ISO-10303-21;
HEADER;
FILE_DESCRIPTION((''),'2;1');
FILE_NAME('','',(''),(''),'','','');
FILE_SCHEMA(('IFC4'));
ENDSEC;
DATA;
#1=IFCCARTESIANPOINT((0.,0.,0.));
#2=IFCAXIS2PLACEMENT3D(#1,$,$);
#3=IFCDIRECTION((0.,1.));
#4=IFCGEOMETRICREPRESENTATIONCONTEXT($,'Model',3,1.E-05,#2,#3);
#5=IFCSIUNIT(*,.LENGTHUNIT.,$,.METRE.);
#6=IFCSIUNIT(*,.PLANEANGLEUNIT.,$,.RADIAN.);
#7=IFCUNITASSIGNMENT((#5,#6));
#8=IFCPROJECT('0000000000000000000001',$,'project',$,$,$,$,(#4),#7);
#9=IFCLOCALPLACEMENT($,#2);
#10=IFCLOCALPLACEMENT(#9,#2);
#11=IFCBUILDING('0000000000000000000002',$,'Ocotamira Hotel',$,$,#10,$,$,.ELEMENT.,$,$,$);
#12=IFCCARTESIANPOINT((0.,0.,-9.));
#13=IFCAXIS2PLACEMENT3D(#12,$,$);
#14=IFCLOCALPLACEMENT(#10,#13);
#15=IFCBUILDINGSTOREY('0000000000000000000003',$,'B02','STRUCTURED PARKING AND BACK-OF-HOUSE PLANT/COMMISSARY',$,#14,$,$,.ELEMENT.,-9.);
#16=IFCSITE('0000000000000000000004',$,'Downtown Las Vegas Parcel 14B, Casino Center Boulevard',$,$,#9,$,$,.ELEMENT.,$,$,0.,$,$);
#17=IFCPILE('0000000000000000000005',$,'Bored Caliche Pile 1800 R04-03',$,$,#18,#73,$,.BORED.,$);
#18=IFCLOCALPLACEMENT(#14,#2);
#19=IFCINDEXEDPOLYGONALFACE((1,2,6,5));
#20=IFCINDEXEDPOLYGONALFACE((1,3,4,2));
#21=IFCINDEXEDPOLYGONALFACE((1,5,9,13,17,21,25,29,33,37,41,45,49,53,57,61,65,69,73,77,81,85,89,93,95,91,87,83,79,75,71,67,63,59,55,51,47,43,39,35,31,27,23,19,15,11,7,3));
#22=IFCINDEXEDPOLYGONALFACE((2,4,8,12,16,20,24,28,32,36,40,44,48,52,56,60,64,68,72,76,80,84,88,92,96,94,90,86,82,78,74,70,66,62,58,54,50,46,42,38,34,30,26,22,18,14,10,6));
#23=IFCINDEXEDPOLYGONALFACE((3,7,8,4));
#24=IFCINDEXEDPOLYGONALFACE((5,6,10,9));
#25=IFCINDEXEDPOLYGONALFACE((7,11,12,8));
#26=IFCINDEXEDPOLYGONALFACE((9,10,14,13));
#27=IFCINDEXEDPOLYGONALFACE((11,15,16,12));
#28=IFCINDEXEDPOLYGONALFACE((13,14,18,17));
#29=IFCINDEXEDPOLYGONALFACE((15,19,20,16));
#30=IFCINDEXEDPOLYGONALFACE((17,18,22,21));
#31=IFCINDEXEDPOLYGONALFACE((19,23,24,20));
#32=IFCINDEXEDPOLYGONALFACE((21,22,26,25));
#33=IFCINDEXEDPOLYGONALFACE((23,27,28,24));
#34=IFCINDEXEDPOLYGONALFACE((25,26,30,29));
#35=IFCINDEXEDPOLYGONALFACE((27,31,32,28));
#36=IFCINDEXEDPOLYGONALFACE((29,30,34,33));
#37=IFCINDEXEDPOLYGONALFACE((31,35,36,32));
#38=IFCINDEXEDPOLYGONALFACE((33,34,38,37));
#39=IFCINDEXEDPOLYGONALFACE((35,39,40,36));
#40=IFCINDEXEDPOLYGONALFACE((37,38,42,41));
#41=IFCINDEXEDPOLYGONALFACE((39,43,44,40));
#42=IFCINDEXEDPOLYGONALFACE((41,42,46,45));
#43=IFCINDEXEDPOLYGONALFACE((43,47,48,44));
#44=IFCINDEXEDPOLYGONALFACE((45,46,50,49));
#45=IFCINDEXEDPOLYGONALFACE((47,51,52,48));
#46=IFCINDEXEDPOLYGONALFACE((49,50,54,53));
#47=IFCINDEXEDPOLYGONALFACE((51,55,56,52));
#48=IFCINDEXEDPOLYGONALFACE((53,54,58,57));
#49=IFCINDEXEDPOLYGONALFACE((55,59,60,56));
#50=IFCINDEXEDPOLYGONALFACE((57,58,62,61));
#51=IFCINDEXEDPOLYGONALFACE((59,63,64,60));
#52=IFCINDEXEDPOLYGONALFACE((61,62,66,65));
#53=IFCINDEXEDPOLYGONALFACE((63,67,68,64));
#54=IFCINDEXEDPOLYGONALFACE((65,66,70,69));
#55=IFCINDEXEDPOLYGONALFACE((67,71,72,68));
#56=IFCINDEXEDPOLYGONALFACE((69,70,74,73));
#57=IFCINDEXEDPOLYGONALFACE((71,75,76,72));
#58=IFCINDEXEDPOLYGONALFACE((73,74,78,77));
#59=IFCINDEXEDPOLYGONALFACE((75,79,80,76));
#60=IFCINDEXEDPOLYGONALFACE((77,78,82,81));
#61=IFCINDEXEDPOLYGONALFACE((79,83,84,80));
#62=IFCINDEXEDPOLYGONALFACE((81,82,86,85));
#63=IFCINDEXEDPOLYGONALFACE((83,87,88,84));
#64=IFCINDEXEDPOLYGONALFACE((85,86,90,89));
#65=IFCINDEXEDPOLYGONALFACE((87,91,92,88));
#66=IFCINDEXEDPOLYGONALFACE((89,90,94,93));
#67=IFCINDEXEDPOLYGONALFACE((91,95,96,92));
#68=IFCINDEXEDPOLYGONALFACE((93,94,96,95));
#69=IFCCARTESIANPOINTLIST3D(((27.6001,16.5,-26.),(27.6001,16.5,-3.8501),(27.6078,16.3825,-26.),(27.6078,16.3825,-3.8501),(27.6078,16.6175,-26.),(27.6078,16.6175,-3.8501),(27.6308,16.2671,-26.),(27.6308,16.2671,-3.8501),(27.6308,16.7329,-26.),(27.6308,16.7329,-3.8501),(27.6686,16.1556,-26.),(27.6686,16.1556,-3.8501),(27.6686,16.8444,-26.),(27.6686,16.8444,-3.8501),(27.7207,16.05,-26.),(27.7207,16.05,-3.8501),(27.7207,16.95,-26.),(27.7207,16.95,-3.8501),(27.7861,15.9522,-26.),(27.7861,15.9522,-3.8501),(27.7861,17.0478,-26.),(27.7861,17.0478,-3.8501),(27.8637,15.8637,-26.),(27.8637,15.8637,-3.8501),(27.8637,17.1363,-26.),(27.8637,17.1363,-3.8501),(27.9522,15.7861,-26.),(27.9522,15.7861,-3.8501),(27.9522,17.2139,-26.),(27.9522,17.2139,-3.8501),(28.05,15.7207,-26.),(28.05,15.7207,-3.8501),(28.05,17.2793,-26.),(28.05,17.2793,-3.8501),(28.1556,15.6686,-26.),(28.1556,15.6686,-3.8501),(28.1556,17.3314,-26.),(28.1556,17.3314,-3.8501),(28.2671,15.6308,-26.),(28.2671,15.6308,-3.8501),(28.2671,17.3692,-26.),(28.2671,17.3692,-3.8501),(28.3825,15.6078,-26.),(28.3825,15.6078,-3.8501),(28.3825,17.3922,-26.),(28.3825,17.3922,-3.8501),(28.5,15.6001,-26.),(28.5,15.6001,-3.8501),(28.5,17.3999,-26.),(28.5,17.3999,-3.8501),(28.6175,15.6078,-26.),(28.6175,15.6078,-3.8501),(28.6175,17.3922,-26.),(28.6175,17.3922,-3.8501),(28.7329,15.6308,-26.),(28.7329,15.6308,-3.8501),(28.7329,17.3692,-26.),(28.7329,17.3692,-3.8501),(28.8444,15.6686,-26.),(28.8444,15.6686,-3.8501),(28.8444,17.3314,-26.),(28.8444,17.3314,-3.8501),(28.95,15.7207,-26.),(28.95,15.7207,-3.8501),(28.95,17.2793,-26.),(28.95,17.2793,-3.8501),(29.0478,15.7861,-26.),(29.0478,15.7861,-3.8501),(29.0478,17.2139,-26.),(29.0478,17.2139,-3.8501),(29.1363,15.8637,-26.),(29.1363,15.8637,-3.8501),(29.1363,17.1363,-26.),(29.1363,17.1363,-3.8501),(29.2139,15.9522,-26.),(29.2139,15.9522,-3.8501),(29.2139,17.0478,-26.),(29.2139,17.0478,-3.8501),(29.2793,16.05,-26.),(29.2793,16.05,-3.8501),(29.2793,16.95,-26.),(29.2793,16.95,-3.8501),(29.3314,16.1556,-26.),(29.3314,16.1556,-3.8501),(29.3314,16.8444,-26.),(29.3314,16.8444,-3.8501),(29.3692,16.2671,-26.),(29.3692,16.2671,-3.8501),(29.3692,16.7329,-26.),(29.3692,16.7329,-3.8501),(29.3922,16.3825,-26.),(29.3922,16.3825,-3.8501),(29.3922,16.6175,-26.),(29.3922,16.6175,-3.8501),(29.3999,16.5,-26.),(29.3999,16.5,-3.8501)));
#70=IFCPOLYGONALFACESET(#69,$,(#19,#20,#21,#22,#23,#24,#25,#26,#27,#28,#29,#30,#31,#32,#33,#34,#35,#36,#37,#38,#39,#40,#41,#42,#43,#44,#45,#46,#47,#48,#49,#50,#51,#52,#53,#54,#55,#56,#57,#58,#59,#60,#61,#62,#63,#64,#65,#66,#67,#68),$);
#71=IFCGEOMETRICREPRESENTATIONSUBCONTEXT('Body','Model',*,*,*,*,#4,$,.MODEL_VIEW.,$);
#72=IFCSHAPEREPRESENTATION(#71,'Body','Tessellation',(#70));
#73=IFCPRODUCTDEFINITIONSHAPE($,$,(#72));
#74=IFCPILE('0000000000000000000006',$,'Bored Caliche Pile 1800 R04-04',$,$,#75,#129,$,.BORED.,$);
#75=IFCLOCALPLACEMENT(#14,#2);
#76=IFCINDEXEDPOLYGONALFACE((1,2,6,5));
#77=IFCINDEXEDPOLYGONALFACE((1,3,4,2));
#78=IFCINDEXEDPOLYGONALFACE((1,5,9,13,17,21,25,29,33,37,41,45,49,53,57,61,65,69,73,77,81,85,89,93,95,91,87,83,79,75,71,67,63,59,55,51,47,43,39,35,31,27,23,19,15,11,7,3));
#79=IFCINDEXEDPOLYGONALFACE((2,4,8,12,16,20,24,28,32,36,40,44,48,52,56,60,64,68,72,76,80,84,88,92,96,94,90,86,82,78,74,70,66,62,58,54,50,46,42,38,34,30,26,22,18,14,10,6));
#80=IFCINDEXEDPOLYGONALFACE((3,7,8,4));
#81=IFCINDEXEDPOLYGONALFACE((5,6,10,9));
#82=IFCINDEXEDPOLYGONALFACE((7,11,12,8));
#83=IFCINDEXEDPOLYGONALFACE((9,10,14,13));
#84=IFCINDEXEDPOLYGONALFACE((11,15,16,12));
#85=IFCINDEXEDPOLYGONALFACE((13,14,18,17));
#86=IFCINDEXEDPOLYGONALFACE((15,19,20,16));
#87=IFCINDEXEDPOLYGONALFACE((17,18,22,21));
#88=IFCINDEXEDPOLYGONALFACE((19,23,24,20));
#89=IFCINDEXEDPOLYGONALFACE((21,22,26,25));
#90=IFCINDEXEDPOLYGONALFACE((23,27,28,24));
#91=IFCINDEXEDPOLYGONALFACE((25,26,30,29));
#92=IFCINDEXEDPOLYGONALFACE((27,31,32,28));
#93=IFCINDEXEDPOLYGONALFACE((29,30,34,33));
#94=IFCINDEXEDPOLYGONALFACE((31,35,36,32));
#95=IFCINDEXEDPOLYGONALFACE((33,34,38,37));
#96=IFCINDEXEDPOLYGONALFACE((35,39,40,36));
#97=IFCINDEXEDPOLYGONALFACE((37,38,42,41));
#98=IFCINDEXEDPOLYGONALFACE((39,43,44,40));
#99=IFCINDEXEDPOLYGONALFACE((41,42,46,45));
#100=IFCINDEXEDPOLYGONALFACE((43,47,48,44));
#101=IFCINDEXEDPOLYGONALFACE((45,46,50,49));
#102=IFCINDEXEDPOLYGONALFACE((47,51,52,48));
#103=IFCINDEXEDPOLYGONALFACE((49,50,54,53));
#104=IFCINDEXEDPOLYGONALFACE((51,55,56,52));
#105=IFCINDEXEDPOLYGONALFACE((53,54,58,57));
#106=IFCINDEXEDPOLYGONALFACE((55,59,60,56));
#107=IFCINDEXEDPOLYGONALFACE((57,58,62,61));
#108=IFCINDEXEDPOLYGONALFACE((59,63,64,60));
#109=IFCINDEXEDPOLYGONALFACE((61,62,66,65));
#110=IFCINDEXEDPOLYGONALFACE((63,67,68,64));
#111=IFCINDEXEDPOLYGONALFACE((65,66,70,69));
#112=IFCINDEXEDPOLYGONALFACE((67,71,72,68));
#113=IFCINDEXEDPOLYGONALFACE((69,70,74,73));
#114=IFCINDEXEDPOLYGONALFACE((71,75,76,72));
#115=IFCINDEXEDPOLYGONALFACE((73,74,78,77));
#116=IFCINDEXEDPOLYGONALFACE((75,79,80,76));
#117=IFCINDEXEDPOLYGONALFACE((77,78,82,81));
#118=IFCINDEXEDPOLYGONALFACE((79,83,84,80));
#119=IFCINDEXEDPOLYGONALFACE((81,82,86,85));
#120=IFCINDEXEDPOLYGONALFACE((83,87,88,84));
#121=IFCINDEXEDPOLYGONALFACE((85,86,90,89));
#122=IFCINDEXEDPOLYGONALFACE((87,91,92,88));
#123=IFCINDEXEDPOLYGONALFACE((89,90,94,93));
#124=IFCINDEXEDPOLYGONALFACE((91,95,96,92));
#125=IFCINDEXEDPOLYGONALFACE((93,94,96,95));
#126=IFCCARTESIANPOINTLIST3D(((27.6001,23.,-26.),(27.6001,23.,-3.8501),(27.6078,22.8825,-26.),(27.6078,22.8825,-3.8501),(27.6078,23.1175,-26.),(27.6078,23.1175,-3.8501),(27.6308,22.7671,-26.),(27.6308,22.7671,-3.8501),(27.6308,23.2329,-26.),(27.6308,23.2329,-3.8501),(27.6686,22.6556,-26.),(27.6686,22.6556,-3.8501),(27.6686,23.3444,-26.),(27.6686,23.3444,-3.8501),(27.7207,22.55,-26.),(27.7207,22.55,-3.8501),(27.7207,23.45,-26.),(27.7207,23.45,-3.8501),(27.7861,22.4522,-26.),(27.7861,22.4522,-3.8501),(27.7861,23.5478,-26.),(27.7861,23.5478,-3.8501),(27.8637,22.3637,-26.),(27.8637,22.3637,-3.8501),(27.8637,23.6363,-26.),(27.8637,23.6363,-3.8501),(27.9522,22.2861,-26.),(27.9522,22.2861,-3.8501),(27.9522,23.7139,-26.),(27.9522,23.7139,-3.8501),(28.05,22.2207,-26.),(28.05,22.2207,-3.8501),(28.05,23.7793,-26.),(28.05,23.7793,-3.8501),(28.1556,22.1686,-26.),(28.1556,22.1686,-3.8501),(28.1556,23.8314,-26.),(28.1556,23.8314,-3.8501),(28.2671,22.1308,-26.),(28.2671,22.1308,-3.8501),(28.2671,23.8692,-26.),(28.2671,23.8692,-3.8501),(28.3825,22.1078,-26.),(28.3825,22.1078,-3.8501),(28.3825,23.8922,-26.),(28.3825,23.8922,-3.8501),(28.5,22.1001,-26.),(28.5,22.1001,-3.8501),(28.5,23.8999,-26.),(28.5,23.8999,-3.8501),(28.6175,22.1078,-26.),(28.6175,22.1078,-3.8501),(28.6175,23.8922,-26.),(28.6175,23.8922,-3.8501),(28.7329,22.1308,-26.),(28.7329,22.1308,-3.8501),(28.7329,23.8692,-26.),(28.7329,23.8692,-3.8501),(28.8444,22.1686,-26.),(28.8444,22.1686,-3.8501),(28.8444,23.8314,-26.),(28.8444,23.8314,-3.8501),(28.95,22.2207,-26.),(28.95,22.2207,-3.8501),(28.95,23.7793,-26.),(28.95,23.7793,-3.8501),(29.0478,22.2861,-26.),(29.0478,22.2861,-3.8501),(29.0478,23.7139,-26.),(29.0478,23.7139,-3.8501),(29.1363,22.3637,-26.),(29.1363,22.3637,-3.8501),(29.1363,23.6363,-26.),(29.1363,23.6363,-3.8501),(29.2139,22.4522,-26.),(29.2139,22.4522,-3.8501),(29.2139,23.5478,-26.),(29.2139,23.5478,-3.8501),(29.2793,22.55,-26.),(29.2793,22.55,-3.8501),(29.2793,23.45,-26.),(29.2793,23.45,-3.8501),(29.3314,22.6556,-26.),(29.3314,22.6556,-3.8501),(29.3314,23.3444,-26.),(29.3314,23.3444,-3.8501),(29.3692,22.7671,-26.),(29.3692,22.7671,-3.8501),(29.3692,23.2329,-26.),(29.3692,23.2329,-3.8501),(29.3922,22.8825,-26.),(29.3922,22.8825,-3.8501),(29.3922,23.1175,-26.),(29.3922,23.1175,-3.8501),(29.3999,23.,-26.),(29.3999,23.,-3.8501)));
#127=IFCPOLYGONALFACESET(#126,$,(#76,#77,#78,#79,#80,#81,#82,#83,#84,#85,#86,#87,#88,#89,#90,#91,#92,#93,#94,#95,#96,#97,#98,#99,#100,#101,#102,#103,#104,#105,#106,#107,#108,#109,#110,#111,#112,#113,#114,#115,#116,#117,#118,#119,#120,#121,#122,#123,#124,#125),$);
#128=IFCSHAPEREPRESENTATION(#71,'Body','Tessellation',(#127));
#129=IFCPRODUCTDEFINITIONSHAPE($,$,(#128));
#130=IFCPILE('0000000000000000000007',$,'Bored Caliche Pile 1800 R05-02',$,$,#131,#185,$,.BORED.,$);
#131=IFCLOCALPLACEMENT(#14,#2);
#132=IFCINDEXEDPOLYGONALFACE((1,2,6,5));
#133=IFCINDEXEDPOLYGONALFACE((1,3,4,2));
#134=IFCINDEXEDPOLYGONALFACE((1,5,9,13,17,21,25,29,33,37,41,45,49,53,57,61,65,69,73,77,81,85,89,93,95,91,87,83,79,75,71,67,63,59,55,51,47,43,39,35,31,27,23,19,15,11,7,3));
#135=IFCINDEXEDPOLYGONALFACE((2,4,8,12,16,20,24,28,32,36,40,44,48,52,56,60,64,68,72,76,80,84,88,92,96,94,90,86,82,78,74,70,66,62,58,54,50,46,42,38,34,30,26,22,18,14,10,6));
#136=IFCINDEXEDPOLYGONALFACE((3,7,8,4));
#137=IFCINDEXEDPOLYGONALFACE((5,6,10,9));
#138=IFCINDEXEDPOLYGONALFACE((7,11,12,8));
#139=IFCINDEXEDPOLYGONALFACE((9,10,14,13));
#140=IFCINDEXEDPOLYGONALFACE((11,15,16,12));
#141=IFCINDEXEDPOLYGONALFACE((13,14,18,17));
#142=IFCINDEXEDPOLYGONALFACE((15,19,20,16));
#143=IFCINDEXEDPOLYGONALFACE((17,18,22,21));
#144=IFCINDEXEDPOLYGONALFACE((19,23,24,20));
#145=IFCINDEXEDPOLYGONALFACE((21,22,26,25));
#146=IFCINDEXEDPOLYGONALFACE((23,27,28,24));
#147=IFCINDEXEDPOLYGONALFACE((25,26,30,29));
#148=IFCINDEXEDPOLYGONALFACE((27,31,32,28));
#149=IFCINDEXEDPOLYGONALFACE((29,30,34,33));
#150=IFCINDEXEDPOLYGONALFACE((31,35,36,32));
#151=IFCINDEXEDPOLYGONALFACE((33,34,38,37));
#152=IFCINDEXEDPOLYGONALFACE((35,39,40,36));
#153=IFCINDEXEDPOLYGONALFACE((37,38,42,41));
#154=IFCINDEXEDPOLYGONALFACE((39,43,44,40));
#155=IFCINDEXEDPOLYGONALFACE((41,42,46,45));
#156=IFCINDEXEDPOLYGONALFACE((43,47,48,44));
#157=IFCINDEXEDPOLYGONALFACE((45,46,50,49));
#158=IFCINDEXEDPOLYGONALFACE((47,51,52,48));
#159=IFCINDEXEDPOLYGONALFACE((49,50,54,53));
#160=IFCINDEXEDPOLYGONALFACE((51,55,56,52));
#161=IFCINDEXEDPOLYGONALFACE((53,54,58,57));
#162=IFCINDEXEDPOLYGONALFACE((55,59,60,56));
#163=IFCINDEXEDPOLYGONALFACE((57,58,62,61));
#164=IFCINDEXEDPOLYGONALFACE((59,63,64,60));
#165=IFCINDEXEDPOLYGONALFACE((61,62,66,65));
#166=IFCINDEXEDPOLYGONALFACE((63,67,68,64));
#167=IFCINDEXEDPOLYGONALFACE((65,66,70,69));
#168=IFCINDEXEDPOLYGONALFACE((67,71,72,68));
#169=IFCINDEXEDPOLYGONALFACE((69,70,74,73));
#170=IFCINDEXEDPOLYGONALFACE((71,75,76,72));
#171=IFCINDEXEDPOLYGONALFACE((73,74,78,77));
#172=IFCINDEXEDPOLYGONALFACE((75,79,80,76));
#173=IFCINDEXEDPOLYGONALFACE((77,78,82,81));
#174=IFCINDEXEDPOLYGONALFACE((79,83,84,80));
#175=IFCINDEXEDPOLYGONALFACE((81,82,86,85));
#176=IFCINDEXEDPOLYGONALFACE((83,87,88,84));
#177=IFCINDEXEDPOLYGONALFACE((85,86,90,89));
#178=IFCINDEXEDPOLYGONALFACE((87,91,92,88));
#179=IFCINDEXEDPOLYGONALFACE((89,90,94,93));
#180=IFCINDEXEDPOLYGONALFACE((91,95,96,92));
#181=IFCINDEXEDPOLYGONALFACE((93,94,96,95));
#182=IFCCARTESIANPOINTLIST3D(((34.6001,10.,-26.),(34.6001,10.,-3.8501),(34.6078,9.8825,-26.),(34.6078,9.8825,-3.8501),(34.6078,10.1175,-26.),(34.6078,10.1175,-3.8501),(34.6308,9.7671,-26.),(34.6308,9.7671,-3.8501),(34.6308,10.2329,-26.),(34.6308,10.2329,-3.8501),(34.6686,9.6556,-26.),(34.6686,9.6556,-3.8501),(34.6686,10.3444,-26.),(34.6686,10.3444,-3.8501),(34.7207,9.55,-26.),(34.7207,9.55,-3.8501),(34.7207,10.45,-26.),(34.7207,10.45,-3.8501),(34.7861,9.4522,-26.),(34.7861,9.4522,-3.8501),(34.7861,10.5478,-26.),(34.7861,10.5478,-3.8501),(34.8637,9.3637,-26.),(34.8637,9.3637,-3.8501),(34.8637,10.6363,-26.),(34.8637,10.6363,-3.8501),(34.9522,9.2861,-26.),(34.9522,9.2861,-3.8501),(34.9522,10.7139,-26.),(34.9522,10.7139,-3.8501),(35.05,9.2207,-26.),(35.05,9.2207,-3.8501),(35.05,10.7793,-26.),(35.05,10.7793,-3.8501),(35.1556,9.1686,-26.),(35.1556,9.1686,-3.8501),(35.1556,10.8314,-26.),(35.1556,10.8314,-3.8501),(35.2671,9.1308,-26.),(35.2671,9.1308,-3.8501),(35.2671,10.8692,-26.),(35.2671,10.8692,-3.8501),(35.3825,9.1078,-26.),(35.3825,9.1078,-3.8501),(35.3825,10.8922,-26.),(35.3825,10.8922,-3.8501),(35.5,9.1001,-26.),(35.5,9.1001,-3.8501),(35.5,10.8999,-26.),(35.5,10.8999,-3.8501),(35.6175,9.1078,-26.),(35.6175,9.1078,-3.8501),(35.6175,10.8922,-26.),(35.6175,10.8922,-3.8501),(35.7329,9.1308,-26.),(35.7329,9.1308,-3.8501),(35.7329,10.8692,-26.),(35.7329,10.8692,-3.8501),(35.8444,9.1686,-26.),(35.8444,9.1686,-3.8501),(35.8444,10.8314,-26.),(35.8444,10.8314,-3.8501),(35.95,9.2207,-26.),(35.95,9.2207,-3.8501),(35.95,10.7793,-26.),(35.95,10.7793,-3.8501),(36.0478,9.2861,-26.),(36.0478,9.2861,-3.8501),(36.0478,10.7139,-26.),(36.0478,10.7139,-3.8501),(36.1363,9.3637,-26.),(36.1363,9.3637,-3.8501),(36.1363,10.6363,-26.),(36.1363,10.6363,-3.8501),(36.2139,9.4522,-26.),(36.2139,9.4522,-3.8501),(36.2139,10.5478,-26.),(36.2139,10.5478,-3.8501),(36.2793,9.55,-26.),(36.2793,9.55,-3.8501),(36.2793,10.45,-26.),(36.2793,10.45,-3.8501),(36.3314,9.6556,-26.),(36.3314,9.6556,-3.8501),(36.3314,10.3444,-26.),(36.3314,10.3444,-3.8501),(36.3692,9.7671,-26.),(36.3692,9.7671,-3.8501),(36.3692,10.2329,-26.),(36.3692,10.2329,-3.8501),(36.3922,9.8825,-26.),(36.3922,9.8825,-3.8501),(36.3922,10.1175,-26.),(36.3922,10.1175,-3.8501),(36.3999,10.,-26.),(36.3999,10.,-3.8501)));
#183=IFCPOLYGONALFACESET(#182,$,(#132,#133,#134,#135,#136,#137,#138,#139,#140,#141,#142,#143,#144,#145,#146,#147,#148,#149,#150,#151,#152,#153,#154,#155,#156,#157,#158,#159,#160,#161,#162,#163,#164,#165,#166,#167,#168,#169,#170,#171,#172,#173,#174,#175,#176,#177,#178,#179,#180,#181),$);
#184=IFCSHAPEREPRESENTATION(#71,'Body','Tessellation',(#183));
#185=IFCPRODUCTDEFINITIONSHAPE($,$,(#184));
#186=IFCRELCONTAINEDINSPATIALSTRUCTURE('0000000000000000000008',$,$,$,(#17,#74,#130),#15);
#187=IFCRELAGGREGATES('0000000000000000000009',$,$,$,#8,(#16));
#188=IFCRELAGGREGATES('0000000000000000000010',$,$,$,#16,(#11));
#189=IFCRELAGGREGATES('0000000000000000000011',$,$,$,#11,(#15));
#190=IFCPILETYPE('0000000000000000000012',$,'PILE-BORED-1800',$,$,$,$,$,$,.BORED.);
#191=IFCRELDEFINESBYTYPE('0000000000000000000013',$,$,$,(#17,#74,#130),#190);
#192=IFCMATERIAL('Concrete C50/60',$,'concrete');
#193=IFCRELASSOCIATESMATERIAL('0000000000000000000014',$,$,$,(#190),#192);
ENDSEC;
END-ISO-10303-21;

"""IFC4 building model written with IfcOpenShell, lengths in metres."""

from ifc_helpers import new_model, si_unit, direction, frame, origin, origin_2d, place, context, subcontext, project, spatial, circle, extrude, source, transform, mapped, material, material_profile, profile_set, type_object, element, save


model = new_model("IFC4")

# Units and contexts
model_context = context("Model", 3, precision=1e-05, world=origin(), true_north=direction((0.0, 1.0)))
body_context = subcontext(model_context, "Body", "Model", "MODEL_VIEW")
ifc_project = project(units=[si_unit("LENGTHUNIT", "METRE"), si_unit("PLANEANGLEUNIT", "RADIAN")], contexts=[model_context])

# Site, building, storey
site_placement = place(None, origin())
site = spatial("IfcSite", under=ifc_project, at=site_placement, Name="Downtown Las Vegas Parcel 14B, Casino Center Boulevard", CompositionType="ELEMENT", RefElevation=0.0)
building_placement = place(site_placement, origin())
building = spatial("IfcBuilding", under=site, at=building_placement, Name="Ocotamira Hotel", CompositionType="ELEMENT")
storey_placement = place(building_placement, frame((0.0, 0.0, -9.0)))
storey = spatial("IfcBuildingStorey", under=building, at=storey_placement, Name="B02", Description="STRUCTURED PARKING AND BACK-OF-HOUSE PLANT/COMMISSARY", CompositionType="ELEMENT", Elevation=-9.0)

# Piles
ifc_material_1 = material(Name="Concrete C50/60", Category="concrete")
ifc_material_profile_1 = material_profile(ifc_material_1, circle(Radius=0.8999, at=origin_2d()), Name="PILE1800")
ifc_profile_set_1 = profile_set([ifc_material_profile_1], Name="Concrete C50/60")
pile_type_1 = type_object("IfcPileType", Name="PILE-BORED-1800", PredefinedType="BORED", material=ifc_profile_set_1)
shared_shape_1 = source(origin(), body_context, "Body", "SweptSolid", [
    extrude(circle(Radius=0.8999, at=origin_2d()), origin(), (0.0, 0.0, 1.0), 22.1499),
])
for number, where, z_axis, x_axis, name in (
    (1, (28.5, 16.5, -3.8501), (0.0, 0.0, -1.0), (1.0, 0.0, 0.0), "Bored Caliche Pile 1800 R04-03"),
    (2, (28.5, 23.0, -3.8501), (0.0, 0.0, -1.0), (1.0, 0.0, 0.0), "Bored Caliche Pile 1800 R04-04"),
    (3, (35.5, 10.0, -3.8501), (0.0, 0.0, -1.0), (1.0, 0.0, 0.0), "Bored Caliche Pile 1800 R05-02"),
):
    element("IfcPile", number, at=place(storey_placement, frame(where, z_axis=z_axis, x_axis=x_axis)), inside=storey, type_object=pile_type_1, Name=name, PredefinedType="BORED", context=body_context, shape_type="MappedRepresentation", body=[
        mapped(shared_shape_1, transform((0.0, 0.0, 0.0), scale=1.0)),
    ])

save(model, "model.ifc")
